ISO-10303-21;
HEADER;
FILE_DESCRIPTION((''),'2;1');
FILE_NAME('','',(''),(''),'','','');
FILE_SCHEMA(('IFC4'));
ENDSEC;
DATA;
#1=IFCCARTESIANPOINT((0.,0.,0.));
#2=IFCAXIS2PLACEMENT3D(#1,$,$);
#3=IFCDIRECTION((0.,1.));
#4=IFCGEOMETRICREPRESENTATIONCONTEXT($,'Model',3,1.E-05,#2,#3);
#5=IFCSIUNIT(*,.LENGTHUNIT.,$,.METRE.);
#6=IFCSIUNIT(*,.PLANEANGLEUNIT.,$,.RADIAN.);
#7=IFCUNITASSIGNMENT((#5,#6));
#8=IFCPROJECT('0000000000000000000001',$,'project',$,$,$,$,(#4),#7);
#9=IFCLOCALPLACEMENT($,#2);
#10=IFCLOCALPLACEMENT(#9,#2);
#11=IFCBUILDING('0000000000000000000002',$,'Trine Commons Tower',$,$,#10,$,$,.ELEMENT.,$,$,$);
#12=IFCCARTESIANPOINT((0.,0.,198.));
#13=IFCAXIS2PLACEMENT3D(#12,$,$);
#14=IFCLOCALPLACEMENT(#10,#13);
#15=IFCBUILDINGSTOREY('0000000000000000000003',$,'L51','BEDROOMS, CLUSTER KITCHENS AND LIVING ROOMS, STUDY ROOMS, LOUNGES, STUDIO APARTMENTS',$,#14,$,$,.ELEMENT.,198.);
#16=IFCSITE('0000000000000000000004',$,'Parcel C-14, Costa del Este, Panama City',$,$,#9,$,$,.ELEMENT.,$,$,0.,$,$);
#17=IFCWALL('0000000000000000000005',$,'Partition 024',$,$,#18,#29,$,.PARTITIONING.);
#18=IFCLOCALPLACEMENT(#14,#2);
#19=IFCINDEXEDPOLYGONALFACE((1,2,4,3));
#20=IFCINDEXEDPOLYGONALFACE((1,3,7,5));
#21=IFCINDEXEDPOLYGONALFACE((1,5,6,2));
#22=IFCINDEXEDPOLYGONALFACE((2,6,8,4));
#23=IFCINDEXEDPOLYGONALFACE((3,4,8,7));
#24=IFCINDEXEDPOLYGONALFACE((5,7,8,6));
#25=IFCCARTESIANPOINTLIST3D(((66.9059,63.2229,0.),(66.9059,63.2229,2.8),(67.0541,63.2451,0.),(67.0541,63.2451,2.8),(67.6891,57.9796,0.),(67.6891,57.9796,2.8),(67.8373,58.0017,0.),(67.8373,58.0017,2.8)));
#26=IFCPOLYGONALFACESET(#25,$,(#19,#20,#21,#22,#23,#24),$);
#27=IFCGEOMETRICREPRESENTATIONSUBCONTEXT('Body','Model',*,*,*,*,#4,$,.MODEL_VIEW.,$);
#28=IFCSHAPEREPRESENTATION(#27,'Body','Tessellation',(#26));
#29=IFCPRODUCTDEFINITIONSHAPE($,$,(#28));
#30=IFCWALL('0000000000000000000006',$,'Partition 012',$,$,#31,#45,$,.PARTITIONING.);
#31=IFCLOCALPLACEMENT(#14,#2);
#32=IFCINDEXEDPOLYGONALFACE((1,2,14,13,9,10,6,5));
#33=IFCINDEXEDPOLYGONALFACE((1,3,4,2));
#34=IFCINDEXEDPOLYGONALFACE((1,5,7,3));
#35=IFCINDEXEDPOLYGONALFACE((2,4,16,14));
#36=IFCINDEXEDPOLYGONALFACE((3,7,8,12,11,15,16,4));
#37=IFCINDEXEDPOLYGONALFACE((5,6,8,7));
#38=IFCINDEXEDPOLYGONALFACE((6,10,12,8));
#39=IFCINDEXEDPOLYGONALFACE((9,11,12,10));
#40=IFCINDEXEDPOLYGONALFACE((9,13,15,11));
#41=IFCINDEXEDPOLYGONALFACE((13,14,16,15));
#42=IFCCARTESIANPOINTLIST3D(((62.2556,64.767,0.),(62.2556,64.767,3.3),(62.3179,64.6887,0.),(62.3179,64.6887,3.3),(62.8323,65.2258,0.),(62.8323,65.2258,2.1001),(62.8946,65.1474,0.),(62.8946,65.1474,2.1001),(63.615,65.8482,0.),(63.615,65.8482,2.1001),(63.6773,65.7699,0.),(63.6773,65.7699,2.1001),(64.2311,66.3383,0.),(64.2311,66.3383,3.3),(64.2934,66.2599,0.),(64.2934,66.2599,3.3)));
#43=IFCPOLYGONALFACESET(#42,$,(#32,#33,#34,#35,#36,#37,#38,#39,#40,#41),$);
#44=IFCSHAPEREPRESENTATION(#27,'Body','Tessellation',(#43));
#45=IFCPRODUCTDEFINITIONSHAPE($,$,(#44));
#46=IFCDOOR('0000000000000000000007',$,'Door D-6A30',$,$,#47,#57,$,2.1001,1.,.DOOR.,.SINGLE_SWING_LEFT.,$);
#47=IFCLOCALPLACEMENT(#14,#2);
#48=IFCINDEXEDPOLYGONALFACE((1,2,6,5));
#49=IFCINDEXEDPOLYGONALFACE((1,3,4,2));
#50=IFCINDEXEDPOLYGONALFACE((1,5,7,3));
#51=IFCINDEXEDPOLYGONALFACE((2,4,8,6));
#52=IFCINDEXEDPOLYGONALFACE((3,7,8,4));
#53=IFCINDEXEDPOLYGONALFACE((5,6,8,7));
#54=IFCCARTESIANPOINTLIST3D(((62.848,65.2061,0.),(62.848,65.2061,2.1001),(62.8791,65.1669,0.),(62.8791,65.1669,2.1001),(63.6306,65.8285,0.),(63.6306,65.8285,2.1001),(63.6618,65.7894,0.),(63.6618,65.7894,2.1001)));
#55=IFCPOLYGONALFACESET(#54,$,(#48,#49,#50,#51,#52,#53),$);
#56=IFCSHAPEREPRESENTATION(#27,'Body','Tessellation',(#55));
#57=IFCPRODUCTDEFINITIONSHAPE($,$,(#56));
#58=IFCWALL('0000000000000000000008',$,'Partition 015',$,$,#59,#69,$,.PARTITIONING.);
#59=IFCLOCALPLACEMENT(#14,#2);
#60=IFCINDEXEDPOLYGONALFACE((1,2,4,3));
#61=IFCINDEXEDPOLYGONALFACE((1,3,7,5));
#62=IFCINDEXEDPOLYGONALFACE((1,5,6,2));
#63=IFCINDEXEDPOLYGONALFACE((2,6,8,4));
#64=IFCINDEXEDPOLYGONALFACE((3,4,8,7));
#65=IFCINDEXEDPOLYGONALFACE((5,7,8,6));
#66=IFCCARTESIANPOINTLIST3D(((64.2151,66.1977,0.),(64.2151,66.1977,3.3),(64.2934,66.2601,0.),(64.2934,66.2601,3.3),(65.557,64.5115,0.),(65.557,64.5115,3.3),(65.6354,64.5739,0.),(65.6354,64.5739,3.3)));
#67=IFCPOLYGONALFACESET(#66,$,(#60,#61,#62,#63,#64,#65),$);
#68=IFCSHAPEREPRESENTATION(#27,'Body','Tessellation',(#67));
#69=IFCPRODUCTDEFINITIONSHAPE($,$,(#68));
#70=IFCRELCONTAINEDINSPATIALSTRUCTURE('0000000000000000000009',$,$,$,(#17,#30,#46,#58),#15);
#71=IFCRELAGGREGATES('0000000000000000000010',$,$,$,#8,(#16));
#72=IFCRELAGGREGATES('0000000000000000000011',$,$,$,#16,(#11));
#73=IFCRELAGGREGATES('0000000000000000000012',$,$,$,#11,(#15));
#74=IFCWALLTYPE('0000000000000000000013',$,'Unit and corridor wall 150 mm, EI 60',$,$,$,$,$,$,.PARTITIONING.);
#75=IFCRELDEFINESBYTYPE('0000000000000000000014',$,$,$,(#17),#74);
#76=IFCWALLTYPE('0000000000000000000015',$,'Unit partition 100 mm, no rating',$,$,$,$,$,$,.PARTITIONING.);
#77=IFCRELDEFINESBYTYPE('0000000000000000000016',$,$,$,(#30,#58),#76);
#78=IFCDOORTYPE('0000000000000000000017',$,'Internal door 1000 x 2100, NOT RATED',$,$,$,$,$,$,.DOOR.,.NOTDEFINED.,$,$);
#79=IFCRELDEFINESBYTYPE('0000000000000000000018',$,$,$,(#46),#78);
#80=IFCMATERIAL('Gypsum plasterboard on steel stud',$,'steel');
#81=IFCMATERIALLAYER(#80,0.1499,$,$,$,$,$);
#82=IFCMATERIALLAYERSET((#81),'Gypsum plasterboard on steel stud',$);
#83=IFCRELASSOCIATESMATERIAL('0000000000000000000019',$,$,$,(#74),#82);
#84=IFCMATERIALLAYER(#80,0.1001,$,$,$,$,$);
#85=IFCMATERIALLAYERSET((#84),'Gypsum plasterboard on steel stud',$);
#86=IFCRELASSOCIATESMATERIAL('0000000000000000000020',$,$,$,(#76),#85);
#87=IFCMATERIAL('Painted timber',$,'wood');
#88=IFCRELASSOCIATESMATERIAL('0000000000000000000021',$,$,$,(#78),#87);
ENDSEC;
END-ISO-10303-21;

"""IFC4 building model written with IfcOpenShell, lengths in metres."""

from ifc_helpers import new_model, si_unit, direction, frame, frame_2d, origin, place, context, subcontext, project, spatial, rectangle, extrude, material, layer, layer_set, type_object, element, fill, save


model = new_model("IFC4")

# Units and contexts
model_context = context("Model", 3, precision=1e-05, world=origin(), true_north=direction((0.0, 1.0)))
body_context = subcontext(model_context, "Body", "Model", "MODEL_VIEW")
ifc_project = project(units=[si_unit("LENGTHUNIT", "METRE"), si_unit("PLANEANGLEUNIT", "RADIAN")], contexts=[model_context])

# Site, building, storey
site_placement = place(None, origin())
site = spatial("IfcSite", under=ifc_project, at=site_placement, Name="Parcel C-14, Costa del Este, Panama City", CompositionType="ELEMENT", RefElevation=0.0)
building_placement = place(site_placement, origin())
building = spatial("IfcBuilding", under=site, at=building_placement, Name="Trine Commons Tower", CompositionType="ELEMENT")
storey_placement = place(building_placement, frame((0.0, 0.0, 198.0)))
storey = spatial("IfcBuildingStorey", under=building, at=storey_placement, Name="L51", Description="BEDROOMS, CLUSTER KITCHENS AND LIVING ROOMS, STUDY ROOMS, LOUNGES, STUDIO APARTMENTS", CompositionType="ELEMENT", Elevation=198.0)

# Shared definitions
ifc_material_1 = material(Name="Gypsum plasterboard on steel stud", Category="steel")
ifc_layer_1 = layer(ifc_material_1, 0.1499)
ifc_layer_set_1 = layer_set([ifc_layer_1], Name="Gypsum plasterboard on steel stud")
wall_type_1 = type_object("IfcWallType", Name="Unit and corridor wall 150 mm, EI 60", PredefinedType="PARTITIONING", material=ifc_layer_set_1)

# Shared definitions
ifc_material_2 = material(Name="Painted timber", Category="wood")

# Wall
wall_1_placement = place(storey_placement, frame((66.98, 63.2341, 0.0), z_axis=(0.0, 0.0, 1.0), x_axis=(0.14773, -0.989028, 0.0)))
element("IfcWall", 1, at=wall_1_placement, inside=storey, type_object=wall_type_1, Name="Partition 024", PredefinedType="PARTITIONING", context=body_context, shape_type="SweptSolid", body=[
    extrude(rectangle(XDim=5.3015, YDim=0.1499, at=frame_2d((2.6509, 0.0))), origin(), (0.0, 0.0, 1.0), 2.8),
])

# Wall, opening, door
ifc_layer_2 = layer(ifc_material_1, 0.1001)
ifc_layer_set_2 = layer_set([ifc_layer_2], Name="Gypsum plasterboard on steel stud")
wall_type_2 = type_object("IfcWallType", Name="Unit partition 100 mm, no rating", PredefinedType="PARTITIONING", material=ifc_layer_set_2)
wall_2_placement = place(storey_placement, frame((62.2866, 64.7278, 0.0), z_axis=(0.0, 0.0, 1.0), x_axis=(0.78264, 0.622475, 0.0)))
wall_2 = element("IfcWall", 2, at=wall_2_placement, inside=storey, type_object=wall_type_2, Name="Partition 012", PredefinedType="PARTITIONING", context=body_context, shape_type="SweptSolid", body=[
    extrude(rectangle(XDim=2.5242, YDim=0.1001, at=frame_2d((1.2622, 0.0))), origin(), (0.0, 0.0, 1.0), 3.3),
])
opening_1_placement = place(wall_2_placement, frame((0.7371, 0.0, 0.0)))
opening_1 = element("IfcOpeningElement", 3, at=opening_1_placement, cuts=wall_2, PredefinedType="OPENING", context=body_context, shape_type="SweptSolid", body=[
    extrude(rectangle(XDim=1.0, YDim=2.1001, at=frame_2d((0.5, 1.05))), frame((0.0, 0.0601, 0.0), z_axis=(0.0, -1.0, 0.0), x_axis=(1.0, 0.0, 0.0)), (0.0, 0.0, 1.0), 0.1201),
])
door_type_1 = type_object("IfcDoorType", Name="Internal door 1000 x 2100, NOT RATED", OperationType="NOTDEFINED", PredefinedType="DOOR", material=ifc_material_2)
door_1_placement = place(opening_1_placement, origin())
door_1 = element("IfcDoor", 4, at=door_1_placement, inside=storey, type_object=door_type_1, Name="Door D-6A30", OperationType="SINGLE_SWING_LEFT", OverallHeight=2.1001, OverallWidth=1.0, PredefinedType="DOOR", context=body_context, shape_type="SweptSolid", body=[
    extrude(rectangle(XDim=1.0, YDim=2.1001, at=frame_2d((0.5, 1.05))), frame((0.0, 0.0249, 0.0), z_axis=(0.0, -1.0, 0.0), x_axis=(1.0, 0.0, 0.0)), (0.0, 0.0, 1.0), 0.05),
])
fill(opening_1, door_1)

# Wall
wall_3_placement = place(storey_placement, frame((64.2542, 66.229, 0.0), z_axis=(0.0, 0.0, 1.0), x_axis=(0.622718, -0.782447, 0.0)))
element("IfcWall", 5, at=wall_3_placement, inside=storey, type_object=wall_type_2, Name="Partition 015", PredefinedType="PARTITIONING", context=body_context, shape_type="SweptSolid", body=[
    extrude(rectangle(XDim=2.155, YDim=0.1001, at=frame_2d((1.0776, 0.0))), origin(), (0.0, 0.0, 1.0), 3.3),
])

save(model, "model.ifc")
